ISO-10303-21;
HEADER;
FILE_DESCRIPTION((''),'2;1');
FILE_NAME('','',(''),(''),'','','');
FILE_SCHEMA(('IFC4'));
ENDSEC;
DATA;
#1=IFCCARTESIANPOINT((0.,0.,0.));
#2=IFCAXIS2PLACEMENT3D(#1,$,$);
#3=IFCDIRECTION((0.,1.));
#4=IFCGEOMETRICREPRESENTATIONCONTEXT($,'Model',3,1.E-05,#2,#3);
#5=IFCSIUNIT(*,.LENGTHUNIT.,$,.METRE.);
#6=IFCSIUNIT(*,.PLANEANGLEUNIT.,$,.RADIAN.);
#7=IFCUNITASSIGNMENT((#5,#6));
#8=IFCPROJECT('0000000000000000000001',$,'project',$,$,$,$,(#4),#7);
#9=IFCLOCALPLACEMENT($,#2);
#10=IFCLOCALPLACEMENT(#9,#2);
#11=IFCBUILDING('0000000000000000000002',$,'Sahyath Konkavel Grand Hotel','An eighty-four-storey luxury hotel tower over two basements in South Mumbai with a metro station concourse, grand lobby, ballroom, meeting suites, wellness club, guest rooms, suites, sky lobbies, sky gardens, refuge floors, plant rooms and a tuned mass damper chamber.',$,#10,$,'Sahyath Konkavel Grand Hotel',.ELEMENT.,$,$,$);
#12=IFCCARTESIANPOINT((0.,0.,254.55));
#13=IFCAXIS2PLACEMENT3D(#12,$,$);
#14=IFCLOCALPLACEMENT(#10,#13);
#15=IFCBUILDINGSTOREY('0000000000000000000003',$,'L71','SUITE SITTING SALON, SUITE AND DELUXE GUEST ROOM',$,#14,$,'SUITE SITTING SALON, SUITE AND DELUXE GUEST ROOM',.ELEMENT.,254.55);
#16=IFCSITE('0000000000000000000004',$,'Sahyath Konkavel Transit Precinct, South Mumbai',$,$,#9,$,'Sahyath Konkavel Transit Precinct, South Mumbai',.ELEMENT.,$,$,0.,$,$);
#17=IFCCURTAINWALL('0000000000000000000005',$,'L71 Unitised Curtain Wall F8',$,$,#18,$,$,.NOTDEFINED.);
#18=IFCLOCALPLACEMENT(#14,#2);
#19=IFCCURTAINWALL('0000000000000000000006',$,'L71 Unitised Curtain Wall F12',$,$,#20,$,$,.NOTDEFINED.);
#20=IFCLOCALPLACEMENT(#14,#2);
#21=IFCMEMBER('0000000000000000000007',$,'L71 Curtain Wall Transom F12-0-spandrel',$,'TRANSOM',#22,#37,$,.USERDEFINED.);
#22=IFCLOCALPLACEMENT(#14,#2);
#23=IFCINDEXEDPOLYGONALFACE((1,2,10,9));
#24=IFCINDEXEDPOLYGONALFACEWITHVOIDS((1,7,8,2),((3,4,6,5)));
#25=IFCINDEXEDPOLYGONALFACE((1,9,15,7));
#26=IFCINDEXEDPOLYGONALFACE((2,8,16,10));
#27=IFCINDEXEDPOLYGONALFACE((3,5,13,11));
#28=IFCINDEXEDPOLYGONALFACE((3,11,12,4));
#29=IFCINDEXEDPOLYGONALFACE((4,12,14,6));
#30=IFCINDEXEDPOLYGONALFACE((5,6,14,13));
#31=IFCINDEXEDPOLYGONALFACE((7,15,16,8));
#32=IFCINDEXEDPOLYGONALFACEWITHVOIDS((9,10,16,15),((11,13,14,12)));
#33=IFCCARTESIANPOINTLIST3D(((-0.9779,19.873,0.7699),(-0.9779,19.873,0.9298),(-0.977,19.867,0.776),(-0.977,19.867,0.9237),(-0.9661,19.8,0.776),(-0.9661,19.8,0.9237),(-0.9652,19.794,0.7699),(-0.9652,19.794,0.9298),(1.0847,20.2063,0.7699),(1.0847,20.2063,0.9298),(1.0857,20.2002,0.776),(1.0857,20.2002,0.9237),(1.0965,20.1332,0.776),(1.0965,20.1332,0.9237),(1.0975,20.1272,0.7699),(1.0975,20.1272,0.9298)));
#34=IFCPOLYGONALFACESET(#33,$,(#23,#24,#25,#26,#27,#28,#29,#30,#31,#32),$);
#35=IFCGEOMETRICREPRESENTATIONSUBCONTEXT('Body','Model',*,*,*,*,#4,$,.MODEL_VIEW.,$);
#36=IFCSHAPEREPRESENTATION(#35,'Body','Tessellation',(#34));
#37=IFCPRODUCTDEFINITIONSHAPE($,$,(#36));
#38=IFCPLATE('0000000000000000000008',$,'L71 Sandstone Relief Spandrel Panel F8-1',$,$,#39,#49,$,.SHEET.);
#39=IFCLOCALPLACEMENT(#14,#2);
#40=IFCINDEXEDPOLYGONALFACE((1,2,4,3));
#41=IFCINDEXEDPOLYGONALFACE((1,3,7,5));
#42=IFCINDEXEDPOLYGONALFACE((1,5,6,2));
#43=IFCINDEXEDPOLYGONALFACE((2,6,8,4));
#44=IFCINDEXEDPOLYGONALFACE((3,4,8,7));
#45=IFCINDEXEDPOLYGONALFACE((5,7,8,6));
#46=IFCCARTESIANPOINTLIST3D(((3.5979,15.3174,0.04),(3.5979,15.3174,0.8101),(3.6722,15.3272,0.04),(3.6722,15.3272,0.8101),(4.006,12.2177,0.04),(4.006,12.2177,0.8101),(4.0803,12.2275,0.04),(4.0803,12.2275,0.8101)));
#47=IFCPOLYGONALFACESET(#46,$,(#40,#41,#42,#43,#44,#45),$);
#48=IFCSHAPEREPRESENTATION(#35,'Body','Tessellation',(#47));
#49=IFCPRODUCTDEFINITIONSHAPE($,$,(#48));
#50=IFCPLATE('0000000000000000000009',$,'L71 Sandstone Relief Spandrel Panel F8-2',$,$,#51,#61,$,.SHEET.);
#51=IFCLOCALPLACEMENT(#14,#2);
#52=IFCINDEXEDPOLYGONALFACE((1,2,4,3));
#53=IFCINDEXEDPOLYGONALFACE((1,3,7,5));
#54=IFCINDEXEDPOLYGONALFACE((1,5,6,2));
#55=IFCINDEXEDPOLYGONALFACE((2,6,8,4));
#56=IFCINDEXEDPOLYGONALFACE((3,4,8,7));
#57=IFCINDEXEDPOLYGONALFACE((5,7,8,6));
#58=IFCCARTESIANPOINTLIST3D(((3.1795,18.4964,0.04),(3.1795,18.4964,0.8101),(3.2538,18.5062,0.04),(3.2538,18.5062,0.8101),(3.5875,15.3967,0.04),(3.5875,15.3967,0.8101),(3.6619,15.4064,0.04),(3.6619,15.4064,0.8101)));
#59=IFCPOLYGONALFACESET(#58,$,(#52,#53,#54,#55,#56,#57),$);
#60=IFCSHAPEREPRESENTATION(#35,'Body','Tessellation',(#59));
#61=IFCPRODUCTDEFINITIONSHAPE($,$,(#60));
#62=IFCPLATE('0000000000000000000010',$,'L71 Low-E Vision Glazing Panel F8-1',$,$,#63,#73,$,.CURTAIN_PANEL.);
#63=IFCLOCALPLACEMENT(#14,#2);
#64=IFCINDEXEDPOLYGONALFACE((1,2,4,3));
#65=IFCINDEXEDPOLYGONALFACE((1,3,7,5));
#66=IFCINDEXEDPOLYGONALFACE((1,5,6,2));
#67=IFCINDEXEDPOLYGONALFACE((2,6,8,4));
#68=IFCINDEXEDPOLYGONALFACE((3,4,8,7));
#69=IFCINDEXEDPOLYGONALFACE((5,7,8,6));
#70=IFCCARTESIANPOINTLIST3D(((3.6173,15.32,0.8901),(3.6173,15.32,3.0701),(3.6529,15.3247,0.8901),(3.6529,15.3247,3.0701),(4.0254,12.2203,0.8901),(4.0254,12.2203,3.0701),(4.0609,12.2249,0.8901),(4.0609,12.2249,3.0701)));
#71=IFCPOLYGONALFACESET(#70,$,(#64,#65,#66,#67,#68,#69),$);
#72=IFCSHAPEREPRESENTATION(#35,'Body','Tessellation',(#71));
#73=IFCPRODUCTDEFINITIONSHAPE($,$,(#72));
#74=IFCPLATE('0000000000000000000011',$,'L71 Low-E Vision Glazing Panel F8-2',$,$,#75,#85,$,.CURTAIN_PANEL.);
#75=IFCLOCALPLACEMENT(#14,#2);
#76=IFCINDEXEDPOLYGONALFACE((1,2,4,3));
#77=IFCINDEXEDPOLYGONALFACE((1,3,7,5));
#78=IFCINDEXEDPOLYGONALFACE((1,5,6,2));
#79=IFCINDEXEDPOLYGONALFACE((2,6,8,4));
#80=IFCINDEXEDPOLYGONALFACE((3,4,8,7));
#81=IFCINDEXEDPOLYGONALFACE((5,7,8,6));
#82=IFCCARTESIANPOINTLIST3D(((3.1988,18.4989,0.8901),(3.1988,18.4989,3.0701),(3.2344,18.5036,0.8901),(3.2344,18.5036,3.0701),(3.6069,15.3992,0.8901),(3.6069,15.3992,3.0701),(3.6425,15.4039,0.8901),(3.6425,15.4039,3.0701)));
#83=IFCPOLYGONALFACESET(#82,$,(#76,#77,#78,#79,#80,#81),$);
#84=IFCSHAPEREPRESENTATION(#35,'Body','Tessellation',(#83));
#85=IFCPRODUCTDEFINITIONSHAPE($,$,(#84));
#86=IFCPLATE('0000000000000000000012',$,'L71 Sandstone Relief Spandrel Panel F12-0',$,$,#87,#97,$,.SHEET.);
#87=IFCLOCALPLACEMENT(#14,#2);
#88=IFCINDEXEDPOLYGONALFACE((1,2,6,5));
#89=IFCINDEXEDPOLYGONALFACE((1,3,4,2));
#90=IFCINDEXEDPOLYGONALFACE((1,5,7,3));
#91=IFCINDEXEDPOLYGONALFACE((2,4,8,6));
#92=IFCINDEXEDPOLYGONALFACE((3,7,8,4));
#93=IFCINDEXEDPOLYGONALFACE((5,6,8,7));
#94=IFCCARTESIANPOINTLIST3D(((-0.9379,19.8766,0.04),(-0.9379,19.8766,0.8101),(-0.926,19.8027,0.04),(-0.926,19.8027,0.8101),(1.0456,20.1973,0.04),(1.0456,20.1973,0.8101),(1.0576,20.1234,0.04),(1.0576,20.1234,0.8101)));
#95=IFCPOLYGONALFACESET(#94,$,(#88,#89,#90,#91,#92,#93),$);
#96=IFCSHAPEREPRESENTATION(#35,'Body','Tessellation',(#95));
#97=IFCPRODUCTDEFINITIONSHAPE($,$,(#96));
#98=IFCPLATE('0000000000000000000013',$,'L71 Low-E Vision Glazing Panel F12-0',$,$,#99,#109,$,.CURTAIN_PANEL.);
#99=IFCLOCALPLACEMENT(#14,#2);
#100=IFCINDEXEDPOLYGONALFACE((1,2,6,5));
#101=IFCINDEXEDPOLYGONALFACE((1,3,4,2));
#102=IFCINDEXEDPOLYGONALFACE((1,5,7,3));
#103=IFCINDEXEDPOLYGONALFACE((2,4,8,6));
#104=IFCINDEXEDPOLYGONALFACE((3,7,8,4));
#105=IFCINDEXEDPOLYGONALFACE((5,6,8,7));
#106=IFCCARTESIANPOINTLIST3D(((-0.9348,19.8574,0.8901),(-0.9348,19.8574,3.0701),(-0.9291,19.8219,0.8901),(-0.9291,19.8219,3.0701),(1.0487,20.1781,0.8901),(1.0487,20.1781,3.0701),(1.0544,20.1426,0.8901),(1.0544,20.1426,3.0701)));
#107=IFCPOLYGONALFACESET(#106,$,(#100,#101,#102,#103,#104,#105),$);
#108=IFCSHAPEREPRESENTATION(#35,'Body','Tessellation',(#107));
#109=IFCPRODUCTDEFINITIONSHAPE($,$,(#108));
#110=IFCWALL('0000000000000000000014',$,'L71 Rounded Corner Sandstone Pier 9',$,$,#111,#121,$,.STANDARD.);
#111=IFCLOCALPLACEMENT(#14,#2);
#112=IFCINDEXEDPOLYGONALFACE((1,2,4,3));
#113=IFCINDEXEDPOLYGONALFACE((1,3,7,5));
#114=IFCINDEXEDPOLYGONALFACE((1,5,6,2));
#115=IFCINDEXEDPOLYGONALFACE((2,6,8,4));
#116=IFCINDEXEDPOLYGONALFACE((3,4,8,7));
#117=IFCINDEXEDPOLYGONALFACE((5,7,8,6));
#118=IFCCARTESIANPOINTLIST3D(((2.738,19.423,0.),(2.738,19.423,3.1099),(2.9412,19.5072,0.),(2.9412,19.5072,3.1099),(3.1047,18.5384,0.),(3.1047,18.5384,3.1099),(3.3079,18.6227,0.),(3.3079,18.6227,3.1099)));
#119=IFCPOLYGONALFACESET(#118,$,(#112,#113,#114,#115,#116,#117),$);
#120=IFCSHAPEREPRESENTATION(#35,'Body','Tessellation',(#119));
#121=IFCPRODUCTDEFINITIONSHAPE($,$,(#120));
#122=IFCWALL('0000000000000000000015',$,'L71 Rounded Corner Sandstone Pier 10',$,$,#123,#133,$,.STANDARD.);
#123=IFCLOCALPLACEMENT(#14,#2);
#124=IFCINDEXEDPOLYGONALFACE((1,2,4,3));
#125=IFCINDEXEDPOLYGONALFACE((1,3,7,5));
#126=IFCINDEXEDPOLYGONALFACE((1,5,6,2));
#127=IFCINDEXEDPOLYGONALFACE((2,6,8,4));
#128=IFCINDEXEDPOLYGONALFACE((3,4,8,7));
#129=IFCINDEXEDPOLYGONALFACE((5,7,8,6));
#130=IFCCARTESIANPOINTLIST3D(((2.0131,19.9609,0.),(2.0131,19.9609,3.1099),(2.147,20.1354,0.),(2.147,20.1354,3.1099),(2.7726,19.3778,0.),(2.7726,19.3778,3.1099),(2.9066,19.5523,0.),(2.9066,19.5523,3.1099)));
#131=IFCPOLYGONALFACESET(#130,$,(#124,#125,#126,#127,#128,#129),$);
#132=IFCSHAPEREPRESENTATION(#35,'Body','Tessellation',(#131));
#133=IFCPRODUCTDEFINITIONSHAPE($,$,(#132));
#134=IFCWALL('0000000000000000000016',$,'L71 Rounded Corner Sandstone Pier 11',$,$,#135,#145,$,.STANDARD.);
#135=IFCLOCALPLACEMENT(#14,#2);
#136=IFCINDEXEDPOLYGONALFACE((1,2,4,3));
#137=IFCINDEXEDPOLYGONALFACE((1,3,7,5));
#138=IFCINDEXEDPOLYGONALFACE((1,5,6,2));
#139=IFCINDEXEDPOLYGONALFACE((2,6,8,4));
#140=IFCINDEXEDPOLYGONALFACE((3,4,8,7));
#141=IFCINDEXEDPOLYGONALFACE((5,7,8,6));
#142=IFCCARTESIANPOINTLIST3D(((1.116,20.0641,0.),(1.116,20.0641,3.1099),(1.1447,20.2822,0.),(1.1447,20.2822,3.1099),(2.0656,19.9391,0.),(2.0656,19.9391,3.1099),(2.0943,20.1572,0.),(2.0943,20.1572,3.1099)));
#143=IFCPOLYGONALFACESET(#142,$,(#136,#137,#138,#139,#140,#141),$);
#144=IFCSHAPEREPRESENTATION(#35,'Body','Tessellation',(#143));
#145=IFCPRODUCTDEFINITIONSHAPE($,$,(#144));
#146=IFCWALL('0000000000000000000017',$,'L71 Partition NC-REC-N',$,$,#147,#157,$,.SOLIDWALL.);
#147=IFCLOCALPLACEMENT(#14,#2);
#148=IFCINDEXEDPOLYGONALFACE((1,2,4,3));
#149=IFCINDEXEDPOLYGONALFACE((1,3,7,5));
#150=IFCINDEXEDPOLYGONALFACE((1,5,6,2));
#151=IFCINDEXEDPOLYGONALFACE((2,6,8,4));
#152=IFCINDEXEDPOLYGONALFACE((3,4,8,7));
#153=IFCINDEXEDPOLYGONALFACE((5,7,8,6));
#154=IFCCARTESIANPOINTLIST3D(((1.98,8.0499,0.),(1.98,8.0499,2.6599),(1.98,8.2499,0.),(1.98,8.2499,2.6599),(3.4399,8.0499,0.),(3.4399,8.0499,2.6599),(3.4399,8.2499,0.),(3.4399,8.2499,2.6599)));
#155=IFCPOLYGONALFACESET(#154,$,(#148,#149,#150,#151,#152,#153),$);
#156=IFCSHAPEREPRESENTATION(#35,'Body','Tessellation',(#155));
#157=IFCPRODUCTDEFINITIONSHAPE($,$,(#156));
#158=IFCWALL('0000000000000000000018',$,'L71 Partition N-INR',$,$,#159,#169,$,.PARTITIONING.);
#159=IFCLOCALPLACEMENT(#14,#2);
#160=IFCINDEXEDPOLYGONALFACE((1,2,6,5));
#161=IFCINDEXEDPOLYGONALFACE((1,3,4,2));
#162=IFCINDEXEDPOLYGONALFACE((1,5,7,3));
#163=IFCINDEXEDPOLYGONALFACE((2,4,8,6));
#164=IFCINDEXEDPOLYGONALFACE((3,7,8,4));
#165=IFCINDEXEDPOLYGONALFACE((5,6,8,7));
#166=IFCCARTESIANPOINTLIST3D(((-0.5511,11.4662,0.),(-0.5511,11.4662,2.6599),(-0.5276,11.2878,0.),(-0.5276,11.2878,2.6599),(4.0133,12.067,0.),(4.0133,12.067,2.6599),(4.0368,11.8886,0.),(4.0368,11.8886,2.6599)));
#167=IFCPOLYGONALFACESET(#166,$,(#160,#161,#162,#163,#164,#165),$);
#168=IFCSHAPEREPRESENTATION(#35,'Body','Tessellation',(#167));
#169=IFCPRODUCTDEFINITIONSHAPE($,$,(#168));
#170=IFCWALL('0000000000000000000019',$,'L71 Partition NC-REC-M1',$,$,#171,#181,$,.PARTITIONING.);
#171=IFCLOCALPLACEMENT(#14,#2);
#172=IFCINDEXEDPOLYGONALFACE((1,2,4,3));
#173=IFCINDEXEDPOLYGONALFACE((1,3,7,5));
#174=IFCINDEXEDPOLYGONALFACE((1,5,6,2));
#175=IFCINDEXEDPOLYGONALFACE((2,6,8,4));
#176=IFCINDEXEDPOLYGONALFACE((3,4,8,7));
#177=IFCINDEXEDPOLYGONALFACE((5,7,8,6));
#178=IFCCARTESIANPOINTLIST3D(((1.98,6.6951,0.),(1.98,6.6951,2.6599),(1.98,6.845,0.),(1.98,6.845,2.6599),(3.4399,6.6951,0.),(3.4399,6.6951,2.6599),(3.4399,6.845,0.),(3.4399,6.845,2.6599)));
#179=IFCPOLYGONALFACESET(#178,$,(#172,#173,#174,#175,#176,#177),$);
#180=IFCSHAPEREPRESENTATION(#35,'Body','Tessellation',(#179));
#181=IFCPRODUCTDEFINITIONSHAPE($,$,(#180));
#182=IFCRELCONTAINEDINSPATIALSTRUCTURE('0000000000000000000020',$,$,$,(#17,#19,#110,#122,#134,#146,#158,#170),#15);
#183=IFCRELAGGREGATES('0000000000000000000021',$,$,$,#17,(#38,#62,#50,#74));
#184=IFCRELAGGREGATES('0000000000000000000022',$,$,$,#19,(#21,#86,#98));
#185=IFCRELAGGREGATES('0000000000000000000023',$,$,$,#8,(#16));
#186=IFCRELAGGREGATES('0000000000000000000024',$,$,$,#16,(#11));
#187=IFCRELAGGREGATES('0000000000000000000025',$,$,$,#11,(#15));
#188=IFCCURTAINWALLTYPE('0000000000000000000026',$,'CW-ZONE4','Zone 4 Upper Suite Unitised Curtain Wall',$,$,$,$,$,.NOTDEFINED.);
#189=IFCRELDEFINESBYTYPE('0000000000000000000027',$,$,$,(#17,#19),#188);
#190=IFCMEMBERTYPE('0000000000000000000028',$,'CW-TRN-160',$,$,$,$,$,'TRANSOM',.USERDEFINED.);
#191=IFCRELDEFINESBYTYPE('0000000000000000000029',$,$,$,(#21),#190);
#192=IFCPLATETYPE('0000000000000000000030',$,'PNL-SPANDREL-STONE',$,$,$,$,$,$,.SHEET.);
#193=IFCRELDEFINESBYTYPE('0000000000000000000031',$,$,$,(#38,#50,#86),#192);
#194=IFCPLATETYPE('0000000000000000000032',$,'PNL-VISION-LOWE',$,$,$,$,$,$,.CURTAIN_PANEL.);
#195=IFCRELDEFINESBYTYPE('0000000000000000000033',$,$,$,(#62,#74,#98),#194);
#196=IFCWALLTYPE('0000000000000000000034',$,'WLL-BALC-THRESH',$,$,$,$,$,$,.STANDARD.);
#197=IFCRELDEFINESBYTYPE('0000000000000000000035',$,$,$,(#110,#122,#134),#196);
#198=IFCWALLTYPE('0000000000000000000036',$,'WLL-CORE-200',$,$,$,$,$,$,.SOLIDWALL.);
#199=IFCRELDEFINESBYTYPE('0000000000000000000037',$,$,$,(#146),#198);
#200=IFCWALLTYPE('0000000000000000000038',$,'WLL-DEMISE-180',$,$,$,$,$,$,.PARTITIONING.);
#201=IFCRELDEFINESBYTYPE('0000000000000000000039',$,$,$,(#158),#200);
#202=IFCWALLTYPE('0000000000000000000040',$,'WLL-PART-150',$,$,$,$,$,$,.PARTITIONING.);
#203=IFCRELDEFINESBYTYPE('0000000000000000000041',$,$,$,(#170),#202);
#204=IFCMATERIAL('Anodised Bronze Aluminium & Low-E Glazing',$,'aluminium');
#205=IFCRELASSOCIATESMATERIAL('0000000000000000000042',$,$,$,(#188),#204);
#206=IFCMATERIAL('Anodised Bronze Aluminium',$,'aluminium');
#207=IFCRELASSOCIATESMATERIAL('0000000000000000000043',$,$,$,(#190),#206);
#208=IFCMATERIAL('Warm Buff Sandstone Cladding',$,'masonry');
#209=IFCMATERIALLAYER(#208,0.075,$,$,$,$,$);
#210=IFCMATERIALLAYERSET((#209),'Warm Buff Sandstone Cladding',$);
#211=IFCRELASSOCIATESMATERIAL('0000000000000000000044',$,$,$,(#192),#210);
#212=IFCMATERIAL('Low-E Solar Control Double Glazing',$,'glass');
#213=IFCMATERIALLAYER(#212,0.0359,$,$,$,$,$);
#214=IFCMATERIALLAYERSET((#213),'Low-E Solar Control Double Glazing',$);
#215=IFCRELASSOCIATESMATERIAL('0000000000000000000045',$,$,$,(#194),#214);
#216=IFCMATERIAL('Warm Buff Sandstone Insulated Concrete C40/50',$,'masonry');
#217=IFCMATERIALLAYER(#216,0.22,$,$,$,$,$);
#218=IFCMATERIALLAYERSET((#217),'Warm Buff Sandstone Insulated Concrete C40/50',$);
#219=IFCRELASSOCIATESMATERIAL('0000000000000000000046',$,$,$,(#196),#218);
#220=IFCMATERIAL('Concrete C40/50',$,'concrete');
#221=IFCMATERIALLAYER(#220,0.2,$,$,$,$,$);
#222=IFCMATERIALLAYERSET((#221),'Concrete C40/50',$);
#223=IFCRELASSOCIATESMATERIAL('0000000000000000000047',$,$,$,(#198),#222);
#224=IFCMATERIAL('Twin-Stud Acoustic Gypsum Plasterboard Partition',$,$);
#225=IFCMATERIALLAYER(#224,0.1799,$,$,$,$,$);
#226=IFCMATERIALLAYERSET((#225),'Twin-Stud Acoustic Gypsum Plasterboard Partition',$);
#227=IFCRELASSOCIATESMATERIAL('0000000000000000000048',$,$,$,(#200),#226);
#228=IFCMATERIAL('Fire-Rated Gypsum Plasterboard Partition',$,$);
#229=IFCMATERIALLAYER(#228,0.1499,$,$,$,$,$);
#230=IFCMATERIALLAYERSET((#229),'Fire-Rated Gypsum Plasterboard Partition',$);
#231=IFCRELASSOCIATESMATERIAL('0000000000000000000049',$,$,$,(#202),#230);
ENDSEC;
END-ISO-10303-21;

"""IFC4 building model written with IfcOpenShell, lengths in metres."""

from ifc_helpers import new_model, si_unit, direction, frame, frame_2d, origin, origin_2d, place, context, subcontext, project, spatial, rectangle, hollow_rectangle, extrude, source, transform, mapped, material, layer, layer_set, material_profile, profile_set, type_object, element, aggregate, save


model = new_model("IFC4")

# Units and contexts
model_context = context("Model", 3, precision=1e-05, world=origin(), true_north=direction((0.0, 1.0)))
body_context = subcontext(model_context, "Body", "Model", "MODEL_VIEW")
ifc_project = project(units=[si_unit("LENGTHUNIT", "METRE"), si_unit("PLANEANGLEUNIT", "RADIAN")], contexts=[model_context])

# Site, building, storey
site_placement = place(None, origin())
site = spatial("IfcSite", under=ifc_project, at=site_placement, Name="Sahyath Konkavel Transit Precinct, South Mumbai", LongName="Sahyath Konkavel Transit Precinct, South Mumbai", CompositionType="ELEMENT", RefElevation=0.0)
building_placement = place(site_placement, origin())
building = spatial("IfcBuilding", under=site, at=building_placement, Name="Sahyath Konkavel Grand Hotel", Description="An eighty-four-storey luxury hotel tower over two basements in South Mumbai with a metro station concourse, grand lobby, ballroom, meeting suites, wellness club, guest rooms, suites, sky lobbies, sky gardens, refuge floors, plant rooms and a tuned mass damper chamber.", LongName="Sahyath Konkavel Grand Hotel", CompositionType="ELEMENT")
storey_placement = place(building_placement, frame((0.0, 0.0, 254.55)))
storey = spatial("IfcBuildingStorey", under=building, at=storey_placement, Name="L71", Description="SUITE SITTING SALON, SUITE AND DELUXE GUEST ROOM", LongName="SUITE SITTING SALON, SUITE AND DELUXE GUEST ROOM", CompositionType="ELEMENT", Elevation=254.55)

# Shared definitions
ifc_material_1 = material(Name="Concrete C40/50", Category="concrete")

# Curtain wall
ifc_material_2 = material(Name="Anodised Bronze Aluminium & Low-E Glazing", Category="aluminium")
curtain_wall_type = type_object("IfcCurtainWallType", Name="CW-ZONE4", Description="Zone 4 Upper Suite Unitised Curtain Wall", PredefinedType="NOTDEFINED", material=ifc_material_2)
curtain_wall_1_placement = place(storey_placement, origin())
curtain_wall_1 = element("IfcCurtainWall", 1, at=curtain_wall_1_placement, inside=storey, type_object=curtain_wall_type, Name="L71 Unitised Curtain Wall F8", PredefinedType="NOTDEFINED")
ifc_material_3 = material(Name="Anodised Bronze Aluminium", Category="aluminium")

# Curtain wall
curtain_wall_2_placement = place(storey_placement, origin())
curtain_wall_2 = element("IfcCurtainWall", 2, at=curtain_wall_2_placement, inside=storey, type_object=curtain_wall_type, Name="L71 Unitised Curtain Wall F12", PredefinedType="NOTDEFINED")

# Member
ifc_material_profile_1 = material_profile(ifc_material_3, hollow_rectangle(XDim=0.0801, YDim=0.1599, WallThickness=0.0061, at=origin_2d()), Name="RHS 160x80x6")
ifc_profile_set_1 = profile_set([ifc_material_profile_1], Name="Anodised Bronze Aluminium")
member_type_1 = type_object("IfcMemberType", Name="CW-TRN-160", ElementType="TRANSOM", PredefinedType="USERDEFINED", material=ifc_profile_set_1)
shared_shape_1 = source(origin(), body_context, "Body", "SweptSolid", [
    extrude(hollow_rectangle(XDim=0.0801, YDim=0.1599, WallThickness=0.0061, at=origin_2d()), origin(), (0.0, 0.0, 1.0), 2.0894),
])
member_1_placement = place(storey_placement, frame((1.0911, 20.1667, 0.8499), z_axis=(-0.987197, -0.159508, 0.0), x_axis=(0.159508, -0.987197, 0.0)))
member_1 = element("IfcMember", 3, at=member_1_placement, type_object=member_type_1, Name="L71 Curtain Wall Transom F12-0-spandrel", ObjectType="TRANSOM", PredefinedType="USERDEFINED", context=body_context, shape_type="MappedRepresentation", body=[
    mapped(shared_shape_1, transform((0.0, 0.0, 0.0), scale=1.0)),
])

# Plates
ifc_material_4 = material(Name="Warm Buff Sandstone Cladding", Category="masonry")
ifc_layer_1 = layer(ifc_material_4, 0.075)
ifc_layer_set_1 = layer_set([ifc_layer_1], Name="Warm Buff Sandstone Cladding")
plate_type_1 = type_object("IfcPlateType", Name="PNL-SPANDREL-STONE", PredefinedType="SHEET", material=ifc_layer_set_1)
shared_shape_2 = source(origin(), body_context, "Body", "SweptSolid", [
    extrude(rectangle(XDim=3.1265, YDim=0.075, at=origin_2d()), origin(), (0.0, 0.0, 1.0), 0.77),
])
plate_1_placement = place(storey_placement, frame((3.8391, 13.7725, 0.04), z_axis=(0.0, 0.0, 1.0), x_axis=(-0.130526, 0.991445, 0.0)))
plate_1 = element("IfcPlate", 4, at=plate_1_placement, type_object=plate_type_1, Name="L71 Sandstone Relief Spandrel Panel F8-1", PredefinedType="SHEET", context=body_context, shape_type="MappedRepresentation", body=[
    mapped(shared_shape_2, transform((0.0, 0.0, 0.0), scale=1.0)),
])
plate_2_placement = place(storey_placement, frame((3.4207, 16.9514, 0.04), z_axis=(0.0, 0.0, 1.0), x_axis=(-0.130526, 0.991445, 0.0)))
plate_2 = element("IfcPlate", 5, at=plate_2_placement, type_object=plate_type_1, Name="L71 Sandstone Relief Spandrel Panel F8-2", PredefinedType="SHEET", context=body_context, shape_type="MappedRepresentation", body=[
    mapped(shared_shape_2, transform((0.0, 0.0, 0.0), scale=1.0)),
])
ifc_material_5 = material(Name="Low-E Solar Control Double Glazing", Category="glass")
ifc_layer_2 = layer(ifc_material_5, 0.0359)
ifc_layer_set_2 = layer_set([ifc_layer_2], Name="Low-E Solar Control Double Glazing")
plate_type_2 = type_object("IfcPlateType", Name="PNL-VISION-LOWE", PredefinedType="CURTAIN_PANEL", material=ifc_layer_set_2)
shared_shape_3 = source(origin(), body_context, "Body", "SweptSolid", [
    extrude(rectangle(XDim=3.1265, YDim=0.0359, at=origin_2d()), origin(), (0.0, 0.0, 1.0), 2.1799),
])
plate_3_placement = place(storey_placement, frame((3.8391, 13.7725, 0.8901), z_axis=(0.0, 0.0, 1.0), x_axis=(-0.130526, 0.991445, 0.0)))
plate_3 = element("IfcPlate", 6, at=plate_3_placement, type_object=plate_type_2, Name="L71 Low-E Vision Glazing Panel F8-1", PredefinedType="CURTAIN_PANEL", context=body_context, shape_type="MappedRepresentation", body=[
    mapped(shared_shape_3, transform((0.0, 0.0, 0.0), scale=1.0)),
])
plate_4_placement = place(storey_placement, frame((3.4207, 16.9514, 0.8901), z_axis=(0.0, 0.0, 1.0), x_axis=(-0.130526, 0.991445, 0.0)))
plate_4 = element("IfcPlate", 7, at=plate_4_placement, type_object=plate_type_2, Name="L71 Low-E Vision Glazing Panel F8-2", PredefinedType="CURTAIN_PANEL", context=body_context, shape_type="MappedRepresentation", body=[
    mapped(shared_shape_3, transform((0.0, 0.0, 0.0), scale=1.0)),
])
aggregate(curtain_wall_1, [plate_1, plate_3, plate_2, plate_4])
shared_shape_4 = source(origin(), body_context, "Body", "SweptSolid", [
    extrude(rectangle(XDim=2.0093, YDim=0.075, at=origin_2d()), origin(), (0.0, 0.0, 1.0), 0.77),
])
plate_5_placement = place(storey_placement, frame((0.0598, 20.0, 0.04), z_axis=(0.0, 0.0, 1.0), x_axis=(-0.987181, -0.159606, 0.0)))
plate_5 = element("IfcPlate", 8, at=plate_5_placement, type_object=plate_type_1, Name="L71 Sandstone Relief Spandrel Panel F12-0", PredefinedType="SHEET", context=body_context, shape_type="MappedRepresentation", body=[
    mapped(shared_shape_4, transform((0.0, 0.0, 0.0), scale=1.0)),
])
shared_shape_5 = source(origin(), body_context, "Body", "SweptSolid", [
    extrude(rectangle(XDim=2.0093, YDim=0.0359, at=origin_2d()), origin(), (0.0, 0.0, 1.0), 2.1799),
])
plate_6_placement = place(storey_placement, frame((0.0598, 20.0, 0.8901), z_axis=(0.0, 0.0, 1.0), x_axis=(-0.987181, -0.159606, 0.0)))
plate_6 = element("IfcPlate", 9, at=plate_6_placement, type_object=plate_type_2, Name="L71 Low-E Vision Glazing Panel F12-0", PredefinedType="CURTAIN_PANEL", context=body_context, shape_type="MappedRepresentation", body=[
    mapped(shared_shape_5, transform((0.0, 0.0, 0.0), scale=1.0)),
])
aggregate(curtain_wall_2, [member_1, plate_5, plate_6])

# Walls
ifc_material_6 = material(Name="Warm Buff Sandstone Insulated Concrete C40/50", Category="masonry")
ifc_layer_3 = layer(ifc_material_6, 0.22)
ifc_layer_set_3 = layer_set([ifc_layer_3], Name="Warm Buff Sandstone Insulated Concrete C40/50")
wall_type_1 = type_object("IfcWallType", Name="WLL-BALC-THRESH", PredefinedType="STANDARD", material=ifc_layer_set_3)
for number, where, z_axis, x_axis, name in (
    (10, (3.2063, 18.5806, 0.0), (0.0, 0.0, 1.0), (-0.382967, 0.923762, 0.0), "L71 Rounded Corner Sandstone Pier 9"),
    (11, (2.8396, 19.4651, 0.0), (0.0, 0.0, 1.0), (-0.793249, 0.608897, 0.0), "L71 Rounded Corner Sandstone Pier 10"),
):
    element("IfcWall", number, at=place(storey_placement, frame(where, z_axis=z_axis, x_axis=x_axis)), inside=storey, type_object=wall_type_1, Name=name, PredefinedType="STANDARD", context=body_context, shape_type="SweptSolid", body=[
        extrude(rectangle(XDim=0.9575, YDim=0.22, at=frame_2d((0.4788, 0.0))), origin(), (0.0, 0.0, 1.0), 3.1099),
    ])
wall_1_placement = place(storey_placement, frame((2.0801, 20.0481, 0.0), z_axis=(0.0, 0.0, 1.0), x_axis=(-0.991445, 0.130527, 0.0)))
element("IfcWall", 12, at=wall_1_placement, inside=storey, type_object=wall_type_1, Name="L71 Rounded Corner Sandstone Pier 11", PredefinedType="STANDARD", context=body_context, shape_type="SweptSolid", body=[
    extrude(rectangle(XDim=0.9578, YDim=0.22, at=frame_2d((0.479, 0.0))), origin(), (0.0, 0.0, 1.0), 3.1099),
])
ifc_layer_4 = layer(ifc_material_1, 0.2)
ifc_layer_set_4 = layer_set([ifc_layer_4], Name="Concrete C40/50")
wall_type_2 = type_object("IfcWallType", Name="WLL-CORE-200", PredefinedType="SOLIDWALL", material=ifc_layer_set_4)
wall_2_placement = place(storey_placement, frame((1.98, 8.1499, 0.0), z_axis=(0.0, 0.0, 1.0), x_axis=(1.0, 0.0, 0.0)))
element("IfcWall", 13, at=wall_2_placement, inside=storey, type_object=wall_type_2, Name="L71 Partition NC-REC-N", PredefinedType="SOLIDWALL", context=body_context, shape_type="SweptSolid", body=[
    extrude(rectangle(XDim=1.46, YDim=0.2, at=frame_2d((0.73, 0.0))), origin(), (0.0, 0.0, 1.0), 2.6599),
])
ifc_material_7 = material(Name="Twin-Stud Acoustic Gypsum Plasterboard Partition")
ifc_layer_5 = layer(ifc_material_7, 0.1799)
ifc_layer_set_5 = layer_set([ifc_layer_5], Name="Twin-Stud Acoustic Gypsum Plasterboard Partition")
wall_type_3 = type_object("IfcWallType", Name="WLL-DEMISE-180", PredefinedType="PARTITIONING", material=ifc_layer_set_5)
wall_3_placement = place(storey_placement, frame((4.0249, 11.9778, 0.0), z_axis=(0.0, 0.0, 1.0), x_axis=(-0.991447, -0.130507, 0.0)))
element("IfcWall", 14, at=wall_3_placement, inside=storey, type_object=wall_type_3, Name="L71 Partition N-INR", PredefinedType="PARTITIONING", context=body_context, shape_type="SweptSolid", body=[
    extrude(rectangle(XDim=4.6038, YDim=0.1799, at=frame_2d((2.3018, 0.0))), origin(), (0.0, 0.0, 1.0), 2.6599),
])
ifc_material_8 = material(Name="Fire-Rated Gypsum Plasterboard Partition")
ifc_layer_6 = layer(ifc_material_8, 0.1499)
ifc_layer_set_6 = layer_set([ifc_layer_6], Name="Fire-Rated Gypsum Plasterboard Partition")
wall_type_4 = type_object("IfcWallType", Name="WLL-PART-150", PredefinedType="PARTITIONING", material=ifc_layer_set_6)
wall_4_placement = place(storey_placement, frame((1.98, 6.77, 0.0), z_axis=(0.0, 0.0, 1.0), x_axis=(1.0, 0.0, 0.0)))
element("IfcWall", 15, at=wall_4_placement, inside=storey, type_object=wall_type_4, Name="L71 Partition NC-REC-M1", PredefinedType="PARTITIONING", context=body_context, shape_type="SweptSolid", body=[
    extrude(rectangle(XDim=1.46, YDim=0.1499, at=frame_2d((0.73, 0.0))), origin(), (0.0, 0.0, 1.0), 2.6599),
])

save(model, "model.ifc")
